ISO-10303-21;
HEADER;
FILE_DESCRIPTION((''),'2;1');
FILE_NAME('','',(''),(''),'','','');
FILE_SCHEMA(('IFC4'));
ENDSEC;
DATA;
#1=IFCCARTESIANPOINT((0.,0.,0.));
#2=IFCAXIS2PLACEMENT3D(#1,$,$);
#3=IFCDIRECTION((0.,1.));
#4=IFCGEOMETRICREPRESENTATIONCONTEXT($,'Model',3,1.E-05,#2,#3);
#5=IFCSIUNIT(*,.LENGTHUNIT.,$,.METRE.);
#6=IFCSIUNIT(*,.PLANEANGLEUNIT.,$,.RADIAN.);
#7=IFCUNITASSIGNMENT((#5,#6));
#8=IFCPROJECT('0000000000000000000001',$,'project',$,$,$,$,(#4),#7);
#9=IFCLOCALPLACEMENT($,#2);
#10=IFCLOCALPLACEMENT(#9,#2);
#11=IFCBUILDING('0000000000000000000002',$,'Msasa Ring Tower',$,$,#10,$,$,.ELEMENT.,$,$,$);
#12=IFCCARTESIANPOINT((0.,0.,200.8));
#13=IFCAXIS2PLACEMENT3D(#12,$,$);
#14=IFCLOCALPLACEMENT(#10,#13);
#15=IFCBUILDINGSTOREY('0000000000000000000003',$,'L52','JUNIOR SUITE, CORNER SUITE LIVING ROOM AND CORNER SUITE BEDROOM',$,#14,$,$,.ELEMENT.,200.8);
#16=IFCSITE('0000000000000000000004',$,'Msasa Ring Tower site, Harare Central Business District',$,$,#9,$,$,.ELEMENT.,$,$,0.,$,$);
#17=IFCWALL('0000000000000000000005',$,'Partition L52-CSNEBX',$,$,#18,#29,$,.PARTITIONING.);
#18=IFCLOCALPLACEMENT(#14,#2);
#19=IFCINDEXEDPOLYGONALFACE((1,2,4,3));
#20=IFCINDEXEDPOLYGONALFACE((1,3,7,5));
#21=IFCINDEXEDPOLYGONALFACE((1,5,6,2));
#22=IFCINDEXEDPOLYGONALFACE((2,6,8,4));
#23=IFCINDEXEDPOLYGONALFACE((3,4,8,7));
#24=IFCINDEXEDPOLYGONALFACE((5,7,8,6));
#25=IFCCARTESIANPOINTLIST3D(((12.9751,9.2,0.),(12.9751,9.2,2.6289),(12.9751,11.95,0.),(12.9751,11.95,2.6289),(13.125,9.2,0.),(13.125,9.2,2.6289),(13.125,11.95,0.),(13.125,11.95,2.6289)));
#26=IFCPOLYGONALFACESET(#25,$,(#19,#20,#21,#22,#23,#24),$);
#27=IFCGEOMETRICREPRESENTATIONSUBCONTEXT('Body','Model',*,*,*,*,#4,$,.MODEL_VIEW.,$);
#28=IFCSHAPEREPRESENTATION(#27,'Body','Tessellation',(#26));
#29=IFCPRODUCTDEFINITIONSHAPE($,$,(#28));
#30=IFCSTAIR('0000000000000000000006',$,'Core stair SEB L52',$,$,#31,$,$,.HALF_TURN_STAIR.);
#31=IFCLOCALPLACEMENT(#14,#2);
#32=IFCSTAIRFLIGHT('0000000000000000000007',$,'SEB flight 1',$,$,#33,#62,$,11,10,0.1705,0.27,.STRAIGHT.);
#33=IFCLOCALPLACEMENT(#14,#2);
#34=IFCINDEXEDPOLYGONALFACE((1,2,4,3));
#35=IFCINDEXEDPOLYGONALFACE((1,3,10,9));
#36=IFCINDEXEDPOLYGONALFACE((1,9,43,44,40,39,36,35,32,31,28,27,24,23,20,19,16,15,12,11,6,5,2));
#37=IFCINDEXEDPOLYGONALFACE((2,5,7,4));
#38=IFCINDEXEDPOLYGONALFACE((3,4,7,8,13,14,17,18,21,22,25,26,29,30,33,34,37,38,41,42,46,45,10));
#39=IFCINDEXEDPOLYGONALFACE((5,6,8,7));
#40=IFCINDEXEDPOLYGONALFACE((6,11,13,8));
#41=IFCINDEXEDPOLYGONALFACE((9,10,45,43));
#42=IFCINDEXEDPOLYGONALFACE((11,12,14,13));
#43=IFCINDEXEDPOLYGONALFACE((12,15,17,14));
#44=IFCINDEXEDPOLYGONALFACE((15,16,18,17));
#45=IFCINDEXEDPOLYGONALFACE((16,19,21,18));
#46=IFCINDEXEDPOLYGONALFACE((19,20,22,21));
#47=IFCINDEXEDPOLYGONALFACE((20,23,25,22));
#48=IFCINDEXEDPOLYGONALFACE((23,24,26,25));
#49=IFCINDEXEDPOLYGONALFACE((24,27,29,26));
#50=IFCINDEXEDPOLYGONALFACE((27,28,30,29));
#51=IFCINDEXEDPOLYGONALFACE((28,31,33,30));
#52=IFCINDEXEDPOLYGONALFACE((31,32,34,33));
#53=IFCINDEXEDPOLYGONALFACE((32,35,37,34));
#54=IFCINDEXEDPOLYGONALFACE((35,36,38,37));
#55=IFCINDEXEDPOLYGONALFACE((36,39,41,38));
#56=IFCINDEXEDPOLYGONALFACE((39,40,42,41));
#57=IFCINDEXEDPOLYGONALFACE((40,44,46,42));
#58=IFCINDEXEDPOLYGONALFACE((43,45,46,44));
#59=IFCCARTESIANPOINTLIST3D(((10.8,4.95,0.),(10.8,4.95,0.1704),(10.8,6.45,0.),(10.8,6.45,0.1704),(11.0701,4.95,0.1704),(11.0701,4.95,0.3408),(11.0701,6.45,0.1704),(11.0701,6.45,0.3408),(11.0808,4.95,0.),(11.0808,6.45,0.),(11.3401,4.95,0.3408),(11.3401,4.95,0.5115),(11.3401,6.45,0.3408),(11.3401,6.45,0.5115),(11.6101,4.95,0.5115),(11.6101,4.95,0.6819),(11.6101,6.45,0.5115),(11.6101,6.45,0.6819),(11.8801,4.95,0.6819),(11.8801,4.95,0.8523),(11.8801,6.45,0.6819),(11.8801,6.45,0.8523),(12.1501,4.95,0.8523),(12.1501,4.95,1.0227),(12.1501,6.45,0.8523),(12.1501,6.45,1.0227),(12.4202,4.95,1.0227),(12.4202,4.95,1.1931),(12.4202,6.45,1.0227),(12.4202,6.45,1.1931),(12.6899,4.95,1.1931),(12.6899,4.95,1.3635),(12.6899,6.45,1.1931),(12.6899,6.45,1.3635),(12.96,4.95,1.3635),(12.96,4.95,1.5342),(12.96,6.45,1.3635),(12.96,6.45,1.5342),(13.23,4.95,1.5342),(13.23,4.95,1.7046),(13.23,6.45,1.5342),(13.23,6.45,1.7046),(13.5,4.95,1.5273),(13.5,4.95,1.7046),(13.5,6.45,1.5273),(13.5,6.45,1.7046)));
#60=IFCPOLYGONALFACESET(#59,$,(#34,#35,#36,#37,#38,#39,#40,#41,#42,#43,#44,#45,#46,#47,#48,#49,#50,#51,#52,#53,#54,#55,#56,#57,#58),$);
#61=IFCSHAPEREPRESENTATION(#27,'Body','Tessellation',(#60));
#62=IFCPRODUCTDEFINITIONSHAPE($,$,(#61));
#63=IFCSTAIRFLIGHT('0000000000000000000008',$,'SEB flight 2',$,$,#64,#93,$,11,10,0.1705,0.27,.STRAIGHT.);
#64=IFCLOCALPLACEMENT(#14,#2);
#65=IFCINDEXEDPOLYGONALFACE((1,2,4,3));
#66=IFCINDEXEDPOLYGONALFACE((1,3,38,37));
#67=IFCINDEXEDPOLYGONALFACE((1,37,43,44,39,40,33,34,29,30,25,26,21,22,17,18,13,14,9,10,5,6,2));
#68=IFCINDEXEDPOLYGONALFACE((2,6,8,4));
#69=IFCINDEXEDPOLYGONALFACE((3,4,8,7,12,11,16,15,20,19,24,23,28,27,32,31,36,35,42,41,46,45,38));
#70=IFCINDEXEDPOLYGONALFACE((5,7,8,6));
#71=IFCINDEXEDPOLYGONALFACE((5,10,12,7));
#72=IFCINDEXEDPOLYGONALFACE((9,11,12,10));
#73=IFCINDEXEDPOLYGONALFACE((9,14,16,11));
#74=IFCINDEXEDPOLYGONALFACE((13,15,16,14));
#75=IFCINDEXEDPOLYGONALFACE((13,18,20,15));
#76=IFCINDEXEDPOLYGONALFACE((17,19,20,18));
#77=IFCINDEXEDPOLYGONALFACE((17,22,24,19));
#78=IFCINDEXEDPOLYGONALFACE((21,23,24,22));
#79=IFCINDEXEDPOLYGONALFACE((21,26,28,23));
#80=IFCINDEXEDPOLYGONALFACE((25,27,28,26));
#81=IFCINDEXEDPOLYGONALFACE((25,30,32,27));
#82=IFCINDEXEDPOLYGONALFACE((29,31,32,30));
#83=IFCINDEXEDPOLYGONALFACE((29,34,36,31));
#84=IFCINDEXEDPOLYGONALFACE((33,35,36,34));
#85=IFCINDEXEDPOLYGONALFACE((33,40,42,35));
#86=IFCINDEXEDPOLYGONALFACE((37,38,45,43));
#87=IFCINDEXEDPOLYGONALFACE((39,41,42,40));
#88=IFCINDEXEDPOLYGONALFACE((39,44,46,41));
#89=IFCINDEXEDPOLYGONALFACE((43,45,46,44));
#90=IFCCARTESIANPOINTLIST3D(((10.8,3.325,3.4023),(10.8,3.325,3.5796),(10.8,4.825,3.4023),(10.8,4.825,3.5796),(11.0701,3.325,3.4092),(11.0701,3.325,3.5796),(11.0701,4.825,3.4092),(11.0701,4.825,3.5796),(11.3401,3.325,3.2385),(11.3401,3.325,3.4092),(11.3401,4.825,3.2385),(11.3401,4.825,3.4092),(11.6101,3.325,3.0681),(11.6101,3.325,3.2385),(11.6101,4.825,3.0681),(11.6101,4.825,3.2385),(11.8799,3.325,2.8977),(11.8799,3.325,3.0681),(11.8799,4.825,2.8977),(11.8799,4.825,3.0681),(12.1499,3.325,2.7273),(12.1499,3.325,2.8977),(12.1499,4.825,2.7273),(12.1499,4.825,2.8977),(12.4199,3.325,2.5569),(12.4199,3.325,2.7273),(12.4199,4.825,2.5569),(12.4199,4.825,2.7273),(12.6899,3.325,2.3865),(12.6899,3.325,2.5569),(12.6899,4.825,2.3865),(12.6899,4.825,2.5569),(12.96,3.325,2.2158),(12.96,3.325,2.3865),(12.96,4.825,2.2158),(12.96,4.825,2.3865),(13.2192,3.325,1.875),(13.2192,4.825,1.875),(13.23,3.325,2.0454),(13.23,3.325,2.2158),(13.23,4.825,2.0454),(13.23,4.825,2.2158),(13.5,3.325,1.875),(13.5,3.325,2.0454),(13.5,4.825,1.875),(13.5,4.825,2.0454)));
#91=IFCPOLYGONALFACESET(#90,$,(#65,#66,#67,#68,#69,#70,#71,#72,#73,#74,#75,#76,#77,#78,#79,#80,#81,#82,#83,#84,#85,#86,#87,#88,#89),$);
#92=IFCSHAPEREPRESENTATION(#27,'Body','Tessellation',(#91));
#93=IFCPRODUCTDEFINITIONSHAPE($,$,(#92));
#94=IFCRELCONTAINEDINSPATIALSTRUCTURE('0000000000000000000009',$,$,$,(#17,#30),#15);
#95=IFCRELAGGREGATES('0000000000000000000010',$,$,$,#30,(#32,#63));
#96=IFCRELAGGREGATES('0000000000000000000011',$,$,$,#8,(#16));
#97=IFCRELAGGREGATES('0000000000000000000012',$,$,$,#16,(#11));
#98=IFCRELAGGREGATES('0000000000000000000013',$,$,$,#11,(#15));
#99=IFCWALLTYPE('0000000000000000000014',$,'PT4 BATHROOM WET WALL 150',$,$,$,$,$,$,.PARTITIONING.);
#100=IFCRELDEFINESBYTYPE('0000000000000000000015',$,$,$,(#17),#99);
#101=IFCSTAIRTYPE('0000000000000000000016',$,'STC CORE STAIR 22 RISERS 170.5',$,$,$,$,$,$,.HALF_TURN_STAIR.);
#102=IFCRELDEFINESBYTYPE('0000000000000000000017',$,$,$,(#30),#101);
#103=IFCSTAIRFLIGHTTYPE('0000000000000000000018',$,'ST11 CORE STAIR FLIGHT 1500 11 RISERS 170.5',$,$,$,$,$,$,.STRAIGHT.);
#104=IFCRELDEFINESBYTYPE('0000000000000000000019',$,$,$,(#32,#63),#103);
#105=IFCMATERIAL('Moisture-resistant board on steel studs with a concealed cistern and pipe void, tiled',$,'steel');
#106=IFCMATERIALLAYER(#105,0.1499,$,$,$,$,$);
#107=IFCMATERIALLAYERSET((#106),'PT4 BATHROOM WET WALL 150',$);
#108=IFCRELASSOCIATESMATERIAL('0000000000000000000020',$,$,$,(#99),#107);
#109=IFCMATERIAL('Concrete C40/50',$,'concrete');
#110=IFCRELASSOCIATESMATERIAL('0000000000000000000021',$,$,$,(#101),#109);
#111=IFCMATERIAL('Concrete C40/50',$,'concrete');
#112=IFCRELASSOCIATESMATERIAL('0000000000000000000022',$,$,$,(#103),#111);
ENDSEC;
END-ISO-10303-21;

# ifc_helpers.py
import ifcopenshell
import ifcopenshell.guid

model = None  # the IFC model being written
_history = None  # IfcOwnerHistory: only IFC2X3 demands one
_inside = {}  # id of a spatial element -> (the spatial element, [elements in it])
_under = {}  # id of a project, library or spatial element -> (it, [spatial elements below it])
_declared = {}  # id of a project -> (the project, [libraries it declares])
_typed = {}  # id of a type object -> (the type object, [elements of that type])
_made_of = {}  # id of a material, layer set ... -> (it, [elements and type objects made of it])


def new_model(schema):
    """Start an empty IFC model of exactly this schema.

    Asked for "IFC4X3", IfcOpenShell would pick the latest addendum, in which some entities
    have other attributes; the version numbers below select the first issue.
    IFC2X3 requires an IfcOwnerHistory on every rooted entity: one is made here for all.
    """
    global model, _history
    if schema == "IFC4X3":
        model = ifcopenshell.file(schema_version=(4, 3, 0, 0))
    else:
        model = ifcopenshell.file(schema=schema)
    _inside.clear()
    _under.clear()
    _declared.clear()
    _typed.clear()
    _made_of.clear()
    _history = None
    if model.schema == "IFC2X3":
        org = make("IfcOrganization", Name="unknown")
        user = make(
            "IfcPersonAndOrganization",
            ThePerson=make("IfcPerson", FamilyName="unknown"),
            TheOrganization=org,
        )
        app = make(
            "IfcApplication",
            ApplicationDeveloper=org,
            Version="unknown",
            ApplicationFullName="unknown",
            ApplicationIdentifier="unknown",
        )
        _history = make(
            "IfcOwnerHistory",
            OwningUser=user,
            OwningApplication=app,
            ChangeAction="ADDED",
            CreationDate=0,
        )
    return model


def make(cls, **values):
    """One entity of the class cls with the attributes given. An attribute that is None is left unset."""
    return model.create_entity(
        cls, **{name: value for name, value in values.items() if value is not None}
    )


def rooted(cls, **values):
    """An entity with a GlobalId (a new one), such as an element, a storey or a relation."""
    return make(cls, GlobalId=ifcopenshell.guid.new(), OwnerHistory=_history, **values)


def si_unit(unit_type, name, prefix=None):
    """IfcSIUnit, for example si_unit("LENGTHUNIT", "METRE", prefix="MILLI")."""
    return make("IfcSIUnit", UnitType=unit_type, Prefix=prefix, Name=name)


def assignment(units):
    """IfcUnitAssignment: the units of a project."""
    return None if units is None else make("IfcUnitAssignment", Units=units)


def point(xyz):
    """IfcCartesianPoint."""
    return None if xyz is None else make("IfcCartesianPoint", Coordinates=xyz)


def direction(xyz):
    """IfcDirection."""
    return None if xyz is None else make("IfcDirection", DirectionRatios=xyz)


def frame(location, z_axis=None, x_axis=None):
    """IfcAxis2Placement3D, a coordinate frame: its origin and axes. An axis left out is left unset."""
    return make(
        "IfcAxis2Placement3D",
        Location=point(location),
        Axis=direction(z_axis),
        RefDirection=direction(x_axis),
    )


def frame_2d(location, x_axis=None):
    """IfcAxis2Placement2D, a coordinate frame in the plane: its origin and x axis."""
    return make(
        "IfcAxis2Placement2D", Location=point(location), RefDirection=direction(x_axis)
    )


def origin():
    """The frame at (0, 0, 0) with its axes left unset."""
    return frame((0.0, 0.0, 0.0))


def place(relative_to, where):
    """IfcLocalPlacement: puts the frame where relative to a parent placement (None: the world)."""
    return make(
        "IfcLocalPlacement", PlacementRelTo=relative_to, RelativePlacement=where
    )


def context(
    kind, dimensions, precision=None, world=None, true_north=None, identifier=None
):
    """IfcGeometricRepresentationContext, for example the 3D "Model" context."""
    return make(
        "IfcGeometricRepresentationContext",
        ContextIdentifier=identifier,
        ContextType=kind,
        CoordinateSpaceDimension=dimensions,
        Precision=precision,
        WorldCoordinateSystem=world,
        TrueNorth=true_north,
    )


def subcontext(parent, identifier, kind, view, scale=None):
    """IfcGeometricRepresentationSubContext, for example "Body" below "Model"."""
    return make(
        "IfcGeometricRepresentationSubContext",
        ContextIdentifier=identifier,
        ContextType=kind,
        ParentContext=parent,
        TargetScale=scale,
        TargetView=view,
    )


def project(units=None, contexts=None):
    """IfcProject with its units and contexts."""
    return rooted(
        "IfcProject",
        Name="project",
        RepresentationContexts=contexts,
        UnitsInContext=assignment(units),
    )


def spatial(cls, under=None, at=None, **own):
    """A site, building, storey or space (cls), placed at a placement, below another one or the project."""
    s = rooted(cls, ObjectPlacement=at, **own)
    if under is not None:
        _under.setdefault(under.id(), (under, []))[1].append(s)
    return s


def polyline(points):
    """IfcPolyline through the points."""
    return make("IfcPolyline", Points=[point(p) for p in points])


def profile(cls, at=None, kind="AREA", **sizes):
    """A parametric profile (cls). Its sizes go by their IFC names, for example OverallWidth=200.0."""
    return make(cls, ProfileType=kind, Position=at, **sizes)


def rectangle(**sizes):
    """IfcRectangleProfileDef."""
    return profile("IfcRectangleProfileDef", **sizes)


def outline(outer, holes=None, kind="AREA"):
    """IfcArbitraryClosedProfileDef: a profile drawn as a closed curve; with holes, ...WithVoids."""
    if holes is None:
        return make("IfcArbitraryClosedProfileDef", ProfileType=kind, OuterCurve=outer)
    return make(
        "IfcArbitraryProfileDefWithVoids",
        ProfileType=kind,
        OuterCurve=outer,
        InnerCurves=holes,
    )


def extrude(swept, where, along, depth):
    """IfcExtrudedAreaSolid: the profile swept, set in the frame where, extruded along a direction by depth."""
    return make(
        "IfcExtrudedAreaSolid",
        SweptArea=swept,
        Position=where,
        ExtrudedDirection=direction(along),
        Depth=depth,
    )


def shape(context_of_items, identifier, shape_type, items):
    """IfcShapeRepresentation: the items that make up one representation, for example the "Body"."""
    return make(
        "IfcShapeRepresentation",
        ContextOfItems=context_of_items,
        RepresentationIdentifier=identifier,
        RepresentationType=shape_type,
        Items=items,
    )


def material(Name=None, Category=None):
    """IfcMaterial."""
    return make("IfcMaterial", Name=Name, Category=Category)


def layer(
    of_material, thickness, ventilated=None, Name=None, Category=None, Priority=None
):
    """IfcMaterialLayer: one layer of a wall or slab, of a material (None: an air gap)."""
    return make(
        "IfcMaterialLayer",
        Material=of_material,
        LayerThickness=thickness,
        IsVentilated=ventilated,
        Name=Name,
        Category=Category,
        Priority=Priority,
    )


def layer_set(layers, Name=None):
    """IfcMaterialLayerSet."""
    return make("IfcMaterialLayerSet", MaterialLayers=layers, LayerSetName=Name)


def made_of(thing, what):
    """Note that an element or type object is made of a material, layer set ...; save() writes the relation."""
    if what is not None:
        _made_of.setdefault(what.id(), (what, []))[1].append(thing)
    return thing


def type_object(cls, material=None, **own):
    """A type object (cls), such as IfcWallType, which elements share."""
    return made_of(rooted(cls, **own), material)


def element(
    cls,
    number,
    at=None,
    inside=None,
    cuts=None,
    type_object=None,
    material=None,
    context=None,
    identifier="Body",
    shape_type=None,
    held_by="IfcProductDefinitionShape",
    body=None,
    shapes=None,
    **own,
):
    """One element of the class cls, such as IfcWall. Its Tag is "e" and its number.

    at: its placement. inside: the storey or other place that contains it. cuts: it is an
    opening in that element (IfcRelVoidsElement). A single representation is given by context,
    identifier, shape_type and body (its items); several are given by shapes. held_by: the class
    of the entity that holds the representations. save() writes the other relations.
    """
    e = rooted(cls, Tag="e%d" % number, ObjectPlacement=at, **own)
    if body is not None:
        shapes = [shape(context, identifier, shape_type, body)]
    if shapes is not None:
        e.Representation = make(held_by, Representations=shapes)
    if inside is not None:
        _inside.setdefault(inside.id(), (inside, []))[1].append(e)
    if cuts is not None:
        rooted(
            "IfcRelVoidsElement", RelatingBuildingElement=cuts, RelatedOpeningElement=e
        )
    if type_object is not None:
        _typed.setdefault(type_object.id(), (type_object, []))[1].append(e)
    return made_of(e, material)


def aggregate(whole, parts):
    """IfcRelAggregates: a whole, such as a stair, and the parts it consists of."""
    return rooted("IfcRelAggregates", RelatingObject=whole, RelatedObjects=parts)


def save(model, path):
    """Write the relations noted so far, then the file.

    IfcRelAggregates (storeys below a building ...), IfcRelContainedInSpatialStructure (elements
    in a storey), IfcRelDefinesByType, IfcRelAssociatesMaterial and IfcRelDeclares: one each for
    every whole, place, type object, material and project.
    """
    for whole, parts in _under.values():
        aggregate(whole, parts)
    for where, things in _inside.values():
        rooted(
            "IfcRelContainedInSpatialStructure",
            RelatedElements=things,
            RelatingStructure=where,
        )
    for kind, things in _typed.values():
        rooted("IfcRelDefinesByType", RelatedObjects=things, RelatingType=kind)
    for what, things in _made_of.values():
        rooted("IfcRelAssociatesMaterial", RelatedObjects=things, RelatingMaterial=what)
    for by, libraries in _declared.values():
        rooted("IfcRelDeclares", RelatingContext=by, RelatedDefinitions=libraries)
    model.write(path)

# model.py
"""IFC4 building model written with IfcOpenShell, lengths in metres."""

from ifc_helpers import new_model, si_unit, direction, frame, frame_2d, origin, place, context, subcontext, project, spatial, polyline, rectangle, outline, extrude, material, layer, layer_set, type_object, element, aggregate, save


model = new_model("IFC4")

# Units and contexts
model_context = context("Model", 3, precision=1e-05, world=origin(), true_north=direction((0.0, 1.0)))
body_context = subcontext(model_context, "Body", "Model", "MODEL_VIEW")
ifc_project = project(units=[si_unit("LENGTHUNIT", "METRE"), si_unit("PLANEANGLEUNIT", "RADIAN")], contexts=[model_context])

# Site, building, storey
site_placement = place(None, origin())
site = spatial("IfcSite", under=ifc_project, at=site_placement, Name="Msasa Ring Tower site, Harare Central Business District", CompositionType="ELEMENT", RefElevation=0.0)
building_placement = place(site_placement, origin())
building = spatial("IfcBuilding", under=site, at=building_placement, Name="Msasa Ring Tower", CompositionType="ELEMENT")
storey_placement = place(building_placement, frame((0.0, 0.0, 200.8)))
storey = spatial("IfcBuildingStorey", under=building, at=storey_placement, Name="L52", Description="JUNIOR SUITE, CORNER SUITE LIVING ROOM AND CORNER SUITE BEDROOM", CompositionType="ELEMENT", Elevation=200.8)

# Shared definitions
ifc_material_1 = material(Name="Moisture-resistant board on steel studs with a concealed cistern and pipe void, tiled", Category="steel")
ifc_layer_1 = layer(ifc_material_1, 0.1499)
ifc_layer_set_1 = layer_set([ifc_layer_1], Name="PT4 BATHROOM WET WALL 150")
wall_type_1 = type_object("IfcWallType", Name="PT4 BATHROOM WET WALL 150", PredefinedType="PARTITIONING", material=ifc_layer_set_1)

# Wall
wall_1_placement = place(storey_placement, frame((13.05, 9.2, 0.0), z_axis=(0.0, 0.0, 1.0), x_axis=(0.0, 1.0, 0.0)))
element("IfcWall", 1, at=wall_1_placement, inside=storey, type_object=wall_type_1, Name="Partition L52-CSNEBX", PredefinedType="PARTITIONING", context=body_context, shape_type="SweptSolid", body=[
    extrude(rectangle(XDim=2.75, YDim=0.1499, at=frame_2d((1.375, 0.0))), origin(), (0.0, 0.0, 1.0), 2.6289),
])

# Stair, stair flights
ifc_material_2 = material(Name="Concrete C40/50", Category="concrete")
stair_type = type_object("IfcStairType", Name="STC CORE STAIR 22 RISERS 170.5", PredefinedType="HALF_TURN_STAIR", material=ifc_material_2)
stair_placement = place(storey_placement, origin())
stair = element("IfcStair", 2, at=stair_placement, inside=storey, type_object=stair_type, Name="Core stair SEB L52", PredefinedType="HALF_TURN_STAIR")
ifc_material_3 = material(Name="Concrete C40/50", Category="concrete")
stair_flight_type = type_object("IfcStairFlightType", Name="ST11 CORE STAIR FLIGHT 1500 11 RISERS 170.5", PredefinedType="STRAIGHT", material=ifc_material_3)
stair_flight_1_placement = place(storey_placement, frame((10.8, 5.7, 0.0), z_axis=(0.0, 0.0, 1.0), x_axis=(1.0, 0.0, 0.0)))
stair_flight_1 = element("IfcStairFlight", 3, at=stair_flight_1_placement, type_object=stair_flight_type, Name="SEB flight 1", NumberOfRisers=11, NumberOfTreads=10, PredefinedType="STRAIGHT", RiserHeight=0.1705, TreadLength=0.27, context=body_context, shape_type="SweptSolid", body=[
    extrude(outline(polyline([(0.0, 0.0), (0.0, 0.1704), (0.27, 0.1704), (0.27, 0.3408), (0.54, 0.3408), (0.54, 0.5115), (0.8101, 0.5115), (0.8101, 0.6819), (1.0801, 0.6819), (1.0801, 0.8523), (1.3501, 0.8523), (1.3501, 1.0227), (1.6201, 1.0227), (1.6201, 1.1931), (1.8899, 1.1931), (1.8899, 1.3635), (2.1599, 1.3635), (2.1599, 1.5342), (2.4299, 1.5342), (2.4299, 1.7046), (2.7, 1.7046), (2.7, 1.875), (2.7, 1.5273), (0.2808, 0.0), (0.0, 0.0)])), frame((0.0, 0.75, 0.0), z_axis=(0.0, -1.0, 0.0), x_axis=(1.0, 0.0, 0.0)), (0.0, 0.0, 1.0), 1.5),
])
stair_flight_2_placement = place(storey_placement, frame((13.5, 4.075, 1.875), z_axis=(0.0, 0.0, 1.0), x_axis=(-1.0, 0.0, 0.0)))
stair_flight_2 = element("IfcStairFlight", 4, at=stair_flight_2_placement, type_object=stair_flight_type, Name="SEB flight 2", NumberOfRisers=11, NumberOfTreads=10, PredefinedType="STRAIGHT", RiserHeight=0.1705, TreadLength=0.27, context=body_context, shape_type="SweptSolid", body=[
    extrude(outline(polyline([(0.0, 0.0), (0.0, 0.1704), (0.27, 0.1704), (0.27, 0.3408), (0.54, 0.3408), (0.54, 0.5115), (0.8101, 0.5115), (0.8101, 0.6819), (1.0801, 0.6819), (1.0801, 0.8523), (1.3501, 0.8523), (1.3501, 1.0227), (1.6201, 1.0227), (1.6201, 1.1931), (1.8899, 1.1931), (1.8899, 1.3635), (2.1599, 1.3635), (2.1599, 1.5342), (2.4299, 1.5342), (2.4299, 1.7046), (2.7, 1.7046), (2.7, 1.875), (2.7, 1.5273), (0.2808, 0.0), (0.0, 0.0)])), frame((0.0, 0.75, 0.0), z_axis=(0.0, -1.0, 0.0), x_axis=(1.0, 0.0, 0.0)), (0.0, 0.0, 1.0), 1.5),
])
aggregate(stair, [stair_flight_1, stair_flight_2])

save(model, "model.ifc")
